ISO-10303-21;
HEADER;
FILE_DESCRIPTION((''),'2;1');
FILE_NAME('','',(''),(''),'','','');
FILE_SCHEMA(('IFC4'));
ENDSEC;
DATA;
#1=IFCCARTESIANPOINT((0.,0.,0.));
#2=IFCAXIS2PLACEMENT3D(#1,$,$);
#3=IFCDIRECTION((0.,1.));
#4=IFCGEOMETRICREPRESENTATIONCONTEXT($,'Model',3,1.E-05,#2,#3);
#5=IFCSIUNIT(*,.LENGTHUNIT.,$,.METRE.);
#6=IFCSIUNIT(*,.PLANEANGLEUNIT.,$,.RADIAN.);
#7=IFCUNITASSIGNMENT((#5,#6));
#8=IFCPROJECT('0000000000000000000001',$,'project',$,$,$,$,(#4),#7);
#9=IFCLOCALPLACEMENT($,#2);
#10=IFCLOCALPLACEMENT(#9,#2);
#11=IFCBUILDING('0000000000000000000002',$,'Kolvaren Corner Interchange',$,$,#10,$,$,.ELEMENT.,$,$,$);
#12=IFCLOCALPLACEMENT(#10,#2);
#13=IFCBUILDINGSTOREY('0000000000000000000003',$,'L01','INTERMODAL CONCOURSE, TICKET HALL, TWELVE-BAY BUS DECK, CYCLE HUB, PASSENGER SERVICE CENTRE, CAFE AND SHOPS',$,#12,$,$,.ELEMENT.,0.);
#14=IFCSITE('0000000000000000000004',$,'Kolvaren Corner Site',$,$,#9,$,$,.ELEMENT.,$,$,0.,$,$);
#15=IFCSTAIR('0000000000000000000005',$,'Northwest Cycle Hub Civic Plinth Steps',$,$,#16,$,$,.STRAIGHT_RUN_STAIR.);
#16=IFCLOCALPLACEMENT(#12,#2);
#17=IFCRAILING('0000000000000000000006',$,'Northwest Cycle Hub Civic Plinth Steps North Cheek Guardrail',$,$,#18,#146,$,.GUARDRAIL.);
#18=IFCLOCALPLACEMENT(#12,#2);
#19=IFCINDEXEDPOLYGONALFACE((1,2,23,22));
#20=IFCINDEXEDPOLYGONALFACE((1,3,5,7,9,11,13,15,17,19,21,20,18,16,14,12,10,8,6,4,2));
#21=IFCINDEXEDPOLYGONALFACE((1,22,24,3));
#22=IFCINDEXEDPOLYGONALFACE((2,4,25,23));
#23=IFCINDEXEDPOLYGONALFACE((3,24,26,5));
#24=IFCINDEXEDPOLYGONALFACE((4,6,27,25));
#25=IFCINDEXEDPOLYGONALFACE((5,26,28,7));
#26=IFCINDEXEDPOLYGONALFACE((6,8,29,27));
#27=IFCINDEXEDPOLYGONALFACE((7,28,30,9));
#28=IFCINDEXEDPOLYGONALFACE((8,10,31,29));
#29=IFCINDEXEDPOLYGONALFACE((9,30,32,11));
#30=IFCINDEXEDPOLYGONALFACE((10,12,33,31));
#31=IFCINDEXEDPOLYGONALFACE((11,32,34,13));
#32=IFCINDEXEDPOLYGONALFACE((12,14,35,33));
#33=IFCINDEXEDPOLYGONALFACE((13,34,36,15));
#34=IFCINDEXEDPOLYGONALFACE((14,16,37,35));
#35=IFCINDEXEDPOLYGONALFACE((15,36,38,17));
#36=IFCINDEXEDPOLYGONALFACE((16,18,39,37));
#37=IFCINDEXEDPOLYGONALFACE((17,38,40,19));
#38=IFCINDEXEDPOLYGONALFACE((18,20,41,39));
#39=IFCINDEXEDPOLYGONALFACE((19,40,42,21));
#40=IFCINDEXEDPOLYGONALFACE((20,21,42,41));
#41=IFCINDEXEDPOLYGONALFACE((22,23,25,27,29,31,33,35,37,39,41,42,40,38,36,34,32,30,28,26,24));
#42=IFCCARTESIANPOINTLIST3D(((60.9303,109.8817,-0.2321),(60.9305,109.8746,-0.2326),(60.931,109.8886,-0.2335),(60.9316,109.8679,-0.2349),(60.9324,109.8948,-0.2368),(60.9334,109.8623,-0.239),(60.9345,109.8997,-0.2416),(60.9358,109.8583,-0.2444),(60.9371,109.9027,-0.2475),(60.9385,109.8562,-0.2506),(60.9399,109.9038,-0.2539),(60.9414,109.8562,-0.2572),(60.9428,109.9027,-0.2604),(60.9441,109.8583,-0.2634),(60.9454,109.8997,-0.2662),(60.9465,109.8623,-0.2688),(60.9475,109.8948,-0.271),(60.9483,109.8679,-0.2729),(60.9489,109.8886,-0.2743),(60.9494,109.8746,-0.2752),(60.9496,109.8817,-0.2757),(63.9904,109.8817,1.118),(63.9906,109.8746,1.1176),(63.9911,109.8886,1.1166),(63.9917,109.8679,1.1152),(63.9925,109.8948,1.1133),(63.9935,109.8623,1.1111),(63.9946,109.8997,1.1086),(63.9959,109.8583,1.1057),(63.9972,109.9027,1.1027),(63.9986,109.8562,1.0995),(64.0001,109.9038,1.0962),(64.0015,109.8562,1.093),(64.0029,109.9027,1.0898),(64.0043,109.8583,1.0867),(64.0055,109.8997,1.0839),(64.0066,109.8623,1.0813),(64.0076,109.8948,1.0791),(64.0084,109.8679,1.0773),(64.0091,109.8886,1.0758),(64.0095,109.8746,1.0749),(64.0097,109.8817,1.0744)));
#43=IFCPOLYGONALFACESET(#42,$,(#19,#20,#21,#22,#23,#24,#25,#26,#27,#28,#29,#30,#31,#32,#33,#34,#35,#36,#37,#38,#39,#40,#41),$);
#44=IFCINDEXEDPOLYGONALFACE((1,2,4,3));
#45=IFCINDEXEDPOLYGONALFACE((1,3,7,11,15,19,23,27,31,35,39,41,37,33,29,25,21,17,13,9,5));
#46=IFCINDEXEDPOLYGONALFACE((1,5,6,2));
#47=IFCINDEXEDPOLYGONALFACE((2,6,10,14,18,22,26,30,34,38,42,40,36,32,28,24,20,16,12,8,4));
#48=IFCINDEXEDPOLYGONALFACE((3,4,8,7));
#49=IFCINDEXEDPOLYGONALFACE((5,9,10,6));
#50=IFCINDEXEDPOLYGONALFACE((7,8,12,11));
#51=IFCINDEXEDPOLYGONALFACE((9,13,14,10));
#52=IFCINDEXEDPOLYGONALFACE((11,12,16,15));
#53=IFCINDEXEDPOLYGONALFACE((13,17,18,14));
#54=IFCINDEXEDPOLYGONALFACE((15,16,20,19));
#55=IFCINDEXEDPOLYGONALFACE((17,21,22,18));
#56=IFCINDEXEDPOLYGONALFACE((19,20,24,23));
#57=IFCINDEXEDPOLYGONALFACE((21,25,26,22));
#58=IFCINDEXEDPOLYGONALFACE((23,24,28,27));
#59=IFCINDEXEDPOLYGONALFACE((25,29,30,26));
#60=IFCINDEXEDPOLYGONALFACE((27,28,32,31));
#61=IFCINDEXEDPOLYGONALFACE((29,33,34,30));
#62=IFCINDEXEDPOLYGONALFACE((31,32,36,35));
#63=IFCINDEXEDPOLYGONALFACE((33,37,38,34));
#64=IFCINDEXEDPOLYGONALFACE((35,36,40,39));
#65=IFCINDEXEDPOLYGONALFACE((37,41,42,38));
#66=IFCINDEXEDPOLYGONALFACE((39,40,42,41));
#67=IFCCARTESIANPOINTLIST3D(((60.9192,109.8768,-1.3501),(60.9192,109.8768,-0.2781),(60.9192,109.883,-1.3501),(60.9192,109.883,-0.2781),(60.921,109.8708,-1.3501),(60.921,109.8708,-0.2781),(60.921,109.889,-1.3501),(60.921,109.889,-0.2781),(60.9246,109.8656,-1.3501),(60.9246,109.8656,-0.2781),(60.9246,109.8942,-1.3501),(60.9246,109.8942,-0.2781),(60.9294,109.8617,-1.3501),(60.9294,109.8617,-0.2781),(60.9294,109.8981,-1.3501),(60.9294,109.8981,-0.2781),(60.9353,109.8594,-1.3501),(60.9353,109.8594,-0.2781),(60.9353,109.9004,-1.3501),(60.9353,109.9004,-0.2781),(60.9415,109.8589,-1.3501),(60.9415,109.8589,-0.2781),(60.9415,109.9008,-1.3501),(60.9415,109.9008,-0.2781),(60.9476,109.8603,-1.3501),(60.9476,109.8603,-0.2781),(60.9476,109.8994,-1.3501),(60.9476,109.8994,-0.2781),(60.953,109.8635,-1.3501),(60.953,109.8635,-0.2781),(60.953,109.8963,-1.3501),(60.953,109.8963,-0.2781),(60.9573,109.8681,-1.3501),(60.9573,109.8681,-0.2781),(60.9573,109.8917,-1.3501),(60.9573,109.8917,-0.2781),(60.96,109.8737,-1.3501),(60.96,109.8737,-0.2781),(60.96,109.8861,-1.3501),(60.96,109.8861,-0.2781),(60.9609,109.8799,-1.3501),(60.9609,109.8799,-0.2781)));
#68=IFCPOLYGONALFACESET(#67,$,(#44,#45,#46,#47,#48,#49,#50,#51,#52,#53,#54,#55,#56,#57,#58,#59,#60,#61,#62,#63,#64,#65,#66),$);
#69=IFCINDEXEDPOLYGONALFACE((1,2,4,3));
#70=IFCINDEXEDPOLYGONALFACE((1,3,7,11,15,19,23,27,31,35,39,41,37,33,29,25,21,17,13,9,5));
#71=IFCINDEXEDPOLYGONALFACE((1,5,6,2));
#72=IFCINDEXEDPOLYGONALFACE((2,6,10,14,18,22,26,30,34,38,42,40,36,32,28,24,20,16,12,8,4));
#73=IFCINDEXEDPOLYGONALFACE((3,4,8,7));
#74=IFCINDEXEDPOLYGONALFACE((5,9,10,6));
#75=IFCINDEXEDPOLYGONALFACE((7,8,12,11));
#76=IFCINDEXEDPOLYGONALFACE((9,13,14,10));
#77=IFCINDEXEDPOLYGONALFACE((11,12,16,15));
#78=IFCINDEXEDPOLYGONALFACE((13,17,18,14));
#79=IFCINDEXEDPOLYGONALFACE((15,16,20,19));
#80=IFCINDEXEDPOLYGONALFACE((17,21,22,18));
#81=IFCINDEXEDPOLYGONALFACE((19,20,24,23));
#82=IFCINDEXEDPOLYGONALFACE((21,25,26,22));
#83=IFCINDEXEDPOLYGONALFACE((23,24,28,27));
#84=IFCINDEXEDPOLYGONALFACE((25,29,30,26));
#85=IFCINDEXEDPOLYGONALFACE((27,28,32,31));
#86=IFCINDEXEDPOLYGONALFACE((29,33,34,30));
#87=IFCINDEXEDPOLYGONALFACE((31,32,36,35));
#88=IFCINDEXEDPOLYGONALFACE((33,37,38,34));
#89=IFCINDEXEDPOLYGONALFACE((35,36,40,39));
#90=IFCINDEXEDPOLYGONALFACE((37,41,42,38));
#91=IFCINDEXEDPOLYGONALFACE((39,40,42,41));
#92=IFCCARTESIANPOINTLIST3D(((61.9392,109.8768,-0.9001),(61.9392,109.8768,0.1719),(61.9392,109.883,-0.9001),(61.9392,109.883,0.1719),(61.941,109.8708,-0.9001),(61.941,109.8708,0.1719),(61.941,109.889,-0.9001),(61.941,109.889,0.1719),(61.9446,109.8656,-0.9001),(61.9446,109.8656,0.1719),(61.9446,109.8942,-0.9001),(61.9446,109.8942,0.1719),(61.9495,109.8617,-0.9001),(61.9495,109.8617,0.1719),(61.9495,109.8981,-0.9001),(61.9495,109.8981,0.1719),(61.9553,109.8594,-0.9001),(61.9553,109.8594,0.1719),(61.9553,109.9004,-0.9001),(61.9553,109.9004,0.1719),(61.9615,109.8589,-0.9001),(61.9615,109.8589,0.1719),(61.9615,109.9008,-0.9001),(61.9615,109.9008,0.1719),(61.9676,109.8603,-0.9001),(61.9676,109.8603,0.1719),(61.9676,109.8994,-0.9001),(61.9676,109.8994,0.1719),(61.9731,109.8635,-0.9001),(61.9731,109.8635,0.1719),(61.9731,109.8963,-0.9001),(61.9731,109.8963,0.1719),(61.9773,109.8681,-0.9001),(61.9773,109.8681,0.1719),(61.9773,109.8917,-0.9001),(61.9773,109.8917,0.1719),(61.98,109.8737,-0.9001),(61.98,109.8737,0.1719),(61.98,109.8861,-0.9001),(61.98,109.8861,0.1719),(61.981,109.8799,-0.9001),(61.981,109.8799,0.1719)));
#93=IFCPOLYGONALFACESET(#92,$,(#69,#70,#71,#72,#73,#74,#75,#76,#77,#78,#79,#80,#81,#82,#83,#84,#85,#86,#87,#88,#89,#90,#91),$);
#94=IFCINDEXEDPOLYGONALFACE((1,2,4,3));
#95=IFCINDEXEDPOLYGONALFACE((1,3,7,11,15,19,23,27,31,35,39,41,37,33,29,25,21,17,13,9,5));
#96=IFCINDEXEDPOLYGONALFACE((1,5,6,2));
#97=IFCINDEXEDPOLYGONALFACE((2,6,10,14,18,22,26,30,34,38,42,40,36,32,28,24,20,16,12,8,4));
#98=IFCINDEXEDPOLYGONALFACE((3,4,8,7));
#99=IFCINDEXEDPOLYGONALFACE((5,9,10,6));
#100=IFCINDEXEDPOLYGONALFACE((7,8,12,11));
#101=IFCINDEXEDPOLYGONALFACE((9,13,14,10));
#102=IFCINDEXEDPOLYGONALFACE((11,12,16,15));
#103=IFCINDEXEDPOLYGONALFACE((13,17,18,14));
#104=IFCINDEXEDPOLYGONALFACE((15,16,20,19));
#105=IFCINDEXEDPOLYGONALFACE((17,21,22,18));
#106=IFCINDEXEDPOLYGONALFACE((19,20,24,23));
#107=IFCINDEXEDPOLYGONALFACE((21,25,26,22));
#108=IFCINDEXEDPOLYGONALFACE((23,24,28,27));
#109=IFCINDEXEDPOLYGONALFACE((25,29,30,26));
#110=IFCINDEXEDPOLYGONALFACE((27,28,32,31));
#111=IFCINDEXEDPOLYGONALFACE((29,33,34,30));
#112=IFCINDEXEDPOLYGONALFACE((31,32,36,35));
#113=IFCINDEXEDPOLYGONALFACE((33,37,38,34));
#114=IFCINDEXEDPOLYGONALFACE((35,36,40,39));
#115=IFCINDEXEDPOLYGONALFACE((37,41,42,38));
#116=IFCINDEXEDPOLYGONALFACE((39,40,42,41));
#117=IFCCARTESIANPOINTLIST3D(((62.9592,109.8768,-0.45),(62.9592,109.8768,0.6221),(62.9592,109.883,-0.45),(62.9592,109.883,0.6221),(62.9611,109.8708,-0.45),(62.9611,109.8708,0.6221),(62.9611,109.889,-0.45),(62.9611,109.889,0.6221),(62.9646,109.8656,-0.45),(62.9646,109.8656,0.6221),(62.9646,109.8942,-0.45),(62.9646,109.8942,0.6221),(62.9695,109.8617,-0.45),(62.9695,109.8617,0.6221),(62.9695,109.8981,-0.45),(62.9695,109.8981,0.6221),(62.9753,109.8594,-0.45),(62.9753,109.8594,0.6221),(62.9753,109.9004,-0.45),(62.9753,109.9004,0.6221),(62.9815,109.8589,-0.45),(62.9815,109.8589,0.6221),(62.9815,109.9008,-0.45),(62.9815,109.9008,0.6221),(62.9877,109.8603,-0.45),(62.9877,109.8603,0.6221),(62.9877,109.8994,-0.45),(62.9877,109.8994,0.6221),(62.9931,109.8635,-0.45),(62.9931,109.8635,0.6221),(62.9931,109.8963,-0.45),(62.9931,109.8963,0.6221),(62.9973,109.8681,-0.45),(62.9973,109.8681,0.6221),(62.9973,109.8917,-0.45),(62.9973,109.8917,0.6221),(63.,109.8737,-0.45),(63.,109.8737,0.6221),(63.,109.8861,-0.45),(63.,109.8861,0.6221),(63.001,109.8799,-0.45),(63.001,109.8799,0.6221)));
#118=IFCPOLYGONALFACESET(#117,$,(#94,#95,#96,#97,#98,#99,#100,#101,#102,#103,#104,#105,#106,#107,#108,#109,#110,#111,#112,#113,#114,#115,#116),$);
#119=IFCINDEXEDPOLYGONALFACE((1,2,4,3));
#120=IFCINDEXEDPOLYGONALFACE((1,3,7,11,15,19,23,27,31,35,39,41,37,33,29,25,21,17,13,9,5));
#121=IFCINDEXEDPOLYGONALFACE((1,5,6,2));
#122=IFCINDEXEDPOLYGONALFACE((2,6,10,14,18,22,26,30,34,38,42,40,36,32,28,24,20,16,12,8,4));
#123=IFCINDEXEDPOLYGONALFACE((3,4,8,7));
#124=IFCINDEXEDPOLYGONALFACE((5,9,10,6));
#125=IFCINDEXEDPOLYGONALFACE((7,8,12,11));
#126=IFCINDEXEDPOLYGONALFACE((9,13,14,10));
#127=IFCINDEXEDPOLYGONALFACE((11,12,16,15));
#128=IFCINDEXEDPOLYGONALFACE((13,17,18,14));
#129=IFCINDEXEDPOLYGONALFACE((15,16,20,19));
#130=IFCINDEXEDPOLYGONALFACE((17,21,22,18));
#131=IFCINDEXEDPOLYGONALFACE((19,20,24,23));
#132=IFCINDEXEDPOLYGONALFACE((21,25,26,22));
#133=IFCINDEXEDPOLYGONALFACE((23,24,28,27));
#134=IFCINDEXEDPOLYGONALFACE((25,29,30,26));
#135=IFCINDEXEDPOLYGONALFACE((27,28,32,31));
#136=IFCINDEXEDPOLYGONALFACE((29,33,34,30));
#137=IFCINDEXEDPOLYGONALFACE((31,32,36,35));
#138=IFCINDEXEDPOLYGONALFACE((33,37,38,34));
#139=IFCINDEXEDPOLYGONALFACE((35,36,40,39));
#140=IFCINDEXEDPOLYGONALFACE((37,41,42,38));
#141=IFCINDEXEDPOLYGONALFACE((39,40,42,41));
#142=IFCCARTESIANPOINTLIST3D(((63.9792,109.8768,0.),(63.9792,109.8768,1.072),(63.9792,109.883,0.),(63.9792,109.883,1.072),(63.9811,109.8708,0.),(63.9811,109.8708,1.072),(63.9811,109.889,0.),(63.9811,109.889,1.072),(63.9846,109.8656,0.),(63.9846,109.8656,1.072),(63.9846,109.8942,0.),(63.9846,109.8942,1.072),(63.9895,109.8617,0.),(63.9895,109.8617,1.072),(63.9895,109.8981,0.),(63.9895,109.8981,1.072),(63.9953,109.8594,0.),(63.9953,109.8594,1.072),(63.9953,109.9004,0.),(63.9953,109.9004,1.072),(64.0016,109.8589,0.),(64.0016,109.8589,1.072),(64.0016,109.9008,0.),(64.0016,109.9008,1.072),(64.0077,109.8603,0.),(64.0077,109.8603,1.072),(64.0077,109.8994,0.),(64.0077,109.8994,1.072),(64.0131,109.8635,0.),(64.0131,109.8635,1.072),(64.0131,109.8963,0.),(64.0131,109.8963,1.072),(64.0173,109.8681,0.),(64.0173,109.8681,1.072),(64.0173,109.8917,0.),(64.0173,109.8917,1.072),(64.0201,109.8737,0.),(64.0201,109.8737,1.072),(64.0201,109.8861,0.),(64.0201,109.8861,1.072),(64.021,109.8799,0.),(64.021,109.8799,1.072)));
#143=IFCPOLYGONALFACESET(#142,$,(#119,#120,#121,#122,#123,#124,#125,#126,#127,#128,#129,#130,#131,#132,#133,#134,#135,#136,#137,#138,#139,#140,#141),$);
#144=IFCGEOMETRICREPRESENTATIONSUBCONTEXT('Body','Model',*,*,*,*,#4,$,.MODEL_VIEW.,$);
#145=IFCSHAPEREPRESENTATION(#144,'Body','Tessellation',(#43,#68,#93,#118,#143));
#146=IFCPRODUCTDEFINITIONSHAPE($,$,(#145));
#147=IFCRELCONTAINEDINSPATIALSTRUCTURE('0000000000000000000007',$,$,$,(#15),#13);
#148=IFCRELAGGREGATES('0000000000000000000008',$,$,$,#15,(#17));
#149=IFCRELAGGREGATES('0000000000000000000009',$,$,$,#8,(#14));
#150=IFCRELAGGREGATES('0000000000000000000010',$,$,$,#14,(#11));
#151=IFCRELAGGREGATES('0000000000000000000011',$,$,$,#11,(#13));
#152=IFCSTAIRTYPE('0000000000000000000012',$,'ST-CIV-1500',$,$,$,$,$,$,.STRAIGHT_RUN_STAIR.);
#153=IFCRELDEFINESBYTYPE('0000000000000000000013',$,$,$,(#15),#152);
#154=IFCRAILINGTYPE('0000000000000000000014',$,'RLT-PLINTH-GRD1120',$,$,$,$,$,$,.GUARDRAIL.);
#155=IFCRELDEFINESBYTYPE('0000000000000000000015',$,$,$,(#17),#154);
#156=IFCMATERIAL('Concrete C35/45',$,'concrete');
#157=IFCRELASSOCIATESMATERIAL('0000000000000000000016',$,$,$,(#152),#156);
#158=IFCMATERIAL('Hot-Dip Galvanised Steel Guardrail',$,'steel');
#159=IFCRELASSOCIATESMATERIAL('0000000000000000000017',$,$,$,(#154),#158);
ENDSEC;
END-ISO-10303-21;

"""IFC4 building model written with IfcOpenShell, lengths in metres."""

from ifc_helpers import new_model, si_unit, direction, frame, origin, origin_2d, place, context, subcontext, project, spatial, circle, extrude, material, type_object, element, aggregate, save


model = new_model("IFC4")

# Units and contexts
model_context = context("Model", 3, precision=1e-05, world=origin(), true_north=direction((0.0, 1.0)))
body_context = subcontext(model_context, "Body", "Model", "MODEL_VIEW")
ifc_project = project(units=[si_unit("LENGTHUNIT", "METRE"), si_unit("PLANEANGLEUNIT", "RADIAN")], contexts=[model_context])

# Site, building, storey
site_placement = place(None, origin())
site = spatial("IfcSite", under=ifc_project, at=site_placement, Name="Kolvaren Corner Site", CompositionType="ELEMENT", RefElevation=0.0)
building_placement = place(site_placement, origin())
building = spatial("IfcBuilding", under=site, at=building_placement, Name="Kolvaren Corner Interchange", CompositionType="ELEMENT")
storey_placement = place(building_placement, origin())
storey = spatial("IfcBuildingStorey", under=building, at=storey_placement, Name="L01", Description="INTERMODAL CONCOURSE, TICKET HALL, TWELVE-BAY BUS DECK, CYCLE HUB, PASSENGER SERVICE CENTRE, CAFE AND SHOPS", CompositionType="ELEMENT", Elevation=0.0)

# Stair
ifc_material_1 = material(Name="Concrete C35/45", Category="concrete")
stair_type = type_object("IfcStairType", Name="ST-CIV-1500", PredefinedType="STRAIGHT_RUN_STAIR", material=ifc_material_1)
stair_placement = place(storey_placement, origin())
stair = element("IfcStair", 1, at=stair_placement, inside=storey, type_object=stair_type, Name="Northwest Cycle Hub Civic Plinth Steps", PredefinedType="STRAIGHT_RUN_STAIR")

# Shared definitions
ifc_material_2 = material(Name="Hot-Dip Galvanised Steel Guardrail", Category="steel")
railing_type_1 = type_object("IfcRailingType", Name="RLT-PLINTH-GRD1120", PredefinedType="GUARDRAIL", material=ifc_material_2)

# Railing
railing_1_placement = place(storey_placement, frame((60.9399, 109.8799, -1.3501)))
railing_1 = element("IfcRailing", 2, at=railing_1_placement, type_object=railing_type_1, Name="Northwest Cycle Hub Civic Plinth Steps North Cheek Guardrail", PredefinedType="GUARDRAIL", context=body_context, shape_type="SweptSolid", body=[
    extrude(circle(Radius=0.0239, at=origin_2d()), frame((0.0, 0.0, 1.0962), z_axis=(0.91491, 0.0, 0.403658), x_axis=(0.0, 1.0, 0.0)), (0.0, 0.0, 1.0), 3.3447),
    extrude(circle(Radius=0.021, at=origin_2d()), origin(), (0.0, 0.0, 1.0), 1.072),
    extrude(circle(Radius=0.021, at=origin_2d()), frame((1.02, 0.0, 0.45)), (0.0, 0.0, 1.0), 1.072),
    extrude(circle(Radius=0.021, at=origin_2d()), frame((2.04, 0.0, 0.9001)), (0.0, 0.0, 1.0), 1.072),
    extrude(circle(Radius=0.021, at=origin_2d()), frame((3.0601, 0.0, 1.3501)), (0.0, 0.0, 1.0), 1.072),
])

aggregate(stair, [railing_1])

save(model, "model.ifc")
